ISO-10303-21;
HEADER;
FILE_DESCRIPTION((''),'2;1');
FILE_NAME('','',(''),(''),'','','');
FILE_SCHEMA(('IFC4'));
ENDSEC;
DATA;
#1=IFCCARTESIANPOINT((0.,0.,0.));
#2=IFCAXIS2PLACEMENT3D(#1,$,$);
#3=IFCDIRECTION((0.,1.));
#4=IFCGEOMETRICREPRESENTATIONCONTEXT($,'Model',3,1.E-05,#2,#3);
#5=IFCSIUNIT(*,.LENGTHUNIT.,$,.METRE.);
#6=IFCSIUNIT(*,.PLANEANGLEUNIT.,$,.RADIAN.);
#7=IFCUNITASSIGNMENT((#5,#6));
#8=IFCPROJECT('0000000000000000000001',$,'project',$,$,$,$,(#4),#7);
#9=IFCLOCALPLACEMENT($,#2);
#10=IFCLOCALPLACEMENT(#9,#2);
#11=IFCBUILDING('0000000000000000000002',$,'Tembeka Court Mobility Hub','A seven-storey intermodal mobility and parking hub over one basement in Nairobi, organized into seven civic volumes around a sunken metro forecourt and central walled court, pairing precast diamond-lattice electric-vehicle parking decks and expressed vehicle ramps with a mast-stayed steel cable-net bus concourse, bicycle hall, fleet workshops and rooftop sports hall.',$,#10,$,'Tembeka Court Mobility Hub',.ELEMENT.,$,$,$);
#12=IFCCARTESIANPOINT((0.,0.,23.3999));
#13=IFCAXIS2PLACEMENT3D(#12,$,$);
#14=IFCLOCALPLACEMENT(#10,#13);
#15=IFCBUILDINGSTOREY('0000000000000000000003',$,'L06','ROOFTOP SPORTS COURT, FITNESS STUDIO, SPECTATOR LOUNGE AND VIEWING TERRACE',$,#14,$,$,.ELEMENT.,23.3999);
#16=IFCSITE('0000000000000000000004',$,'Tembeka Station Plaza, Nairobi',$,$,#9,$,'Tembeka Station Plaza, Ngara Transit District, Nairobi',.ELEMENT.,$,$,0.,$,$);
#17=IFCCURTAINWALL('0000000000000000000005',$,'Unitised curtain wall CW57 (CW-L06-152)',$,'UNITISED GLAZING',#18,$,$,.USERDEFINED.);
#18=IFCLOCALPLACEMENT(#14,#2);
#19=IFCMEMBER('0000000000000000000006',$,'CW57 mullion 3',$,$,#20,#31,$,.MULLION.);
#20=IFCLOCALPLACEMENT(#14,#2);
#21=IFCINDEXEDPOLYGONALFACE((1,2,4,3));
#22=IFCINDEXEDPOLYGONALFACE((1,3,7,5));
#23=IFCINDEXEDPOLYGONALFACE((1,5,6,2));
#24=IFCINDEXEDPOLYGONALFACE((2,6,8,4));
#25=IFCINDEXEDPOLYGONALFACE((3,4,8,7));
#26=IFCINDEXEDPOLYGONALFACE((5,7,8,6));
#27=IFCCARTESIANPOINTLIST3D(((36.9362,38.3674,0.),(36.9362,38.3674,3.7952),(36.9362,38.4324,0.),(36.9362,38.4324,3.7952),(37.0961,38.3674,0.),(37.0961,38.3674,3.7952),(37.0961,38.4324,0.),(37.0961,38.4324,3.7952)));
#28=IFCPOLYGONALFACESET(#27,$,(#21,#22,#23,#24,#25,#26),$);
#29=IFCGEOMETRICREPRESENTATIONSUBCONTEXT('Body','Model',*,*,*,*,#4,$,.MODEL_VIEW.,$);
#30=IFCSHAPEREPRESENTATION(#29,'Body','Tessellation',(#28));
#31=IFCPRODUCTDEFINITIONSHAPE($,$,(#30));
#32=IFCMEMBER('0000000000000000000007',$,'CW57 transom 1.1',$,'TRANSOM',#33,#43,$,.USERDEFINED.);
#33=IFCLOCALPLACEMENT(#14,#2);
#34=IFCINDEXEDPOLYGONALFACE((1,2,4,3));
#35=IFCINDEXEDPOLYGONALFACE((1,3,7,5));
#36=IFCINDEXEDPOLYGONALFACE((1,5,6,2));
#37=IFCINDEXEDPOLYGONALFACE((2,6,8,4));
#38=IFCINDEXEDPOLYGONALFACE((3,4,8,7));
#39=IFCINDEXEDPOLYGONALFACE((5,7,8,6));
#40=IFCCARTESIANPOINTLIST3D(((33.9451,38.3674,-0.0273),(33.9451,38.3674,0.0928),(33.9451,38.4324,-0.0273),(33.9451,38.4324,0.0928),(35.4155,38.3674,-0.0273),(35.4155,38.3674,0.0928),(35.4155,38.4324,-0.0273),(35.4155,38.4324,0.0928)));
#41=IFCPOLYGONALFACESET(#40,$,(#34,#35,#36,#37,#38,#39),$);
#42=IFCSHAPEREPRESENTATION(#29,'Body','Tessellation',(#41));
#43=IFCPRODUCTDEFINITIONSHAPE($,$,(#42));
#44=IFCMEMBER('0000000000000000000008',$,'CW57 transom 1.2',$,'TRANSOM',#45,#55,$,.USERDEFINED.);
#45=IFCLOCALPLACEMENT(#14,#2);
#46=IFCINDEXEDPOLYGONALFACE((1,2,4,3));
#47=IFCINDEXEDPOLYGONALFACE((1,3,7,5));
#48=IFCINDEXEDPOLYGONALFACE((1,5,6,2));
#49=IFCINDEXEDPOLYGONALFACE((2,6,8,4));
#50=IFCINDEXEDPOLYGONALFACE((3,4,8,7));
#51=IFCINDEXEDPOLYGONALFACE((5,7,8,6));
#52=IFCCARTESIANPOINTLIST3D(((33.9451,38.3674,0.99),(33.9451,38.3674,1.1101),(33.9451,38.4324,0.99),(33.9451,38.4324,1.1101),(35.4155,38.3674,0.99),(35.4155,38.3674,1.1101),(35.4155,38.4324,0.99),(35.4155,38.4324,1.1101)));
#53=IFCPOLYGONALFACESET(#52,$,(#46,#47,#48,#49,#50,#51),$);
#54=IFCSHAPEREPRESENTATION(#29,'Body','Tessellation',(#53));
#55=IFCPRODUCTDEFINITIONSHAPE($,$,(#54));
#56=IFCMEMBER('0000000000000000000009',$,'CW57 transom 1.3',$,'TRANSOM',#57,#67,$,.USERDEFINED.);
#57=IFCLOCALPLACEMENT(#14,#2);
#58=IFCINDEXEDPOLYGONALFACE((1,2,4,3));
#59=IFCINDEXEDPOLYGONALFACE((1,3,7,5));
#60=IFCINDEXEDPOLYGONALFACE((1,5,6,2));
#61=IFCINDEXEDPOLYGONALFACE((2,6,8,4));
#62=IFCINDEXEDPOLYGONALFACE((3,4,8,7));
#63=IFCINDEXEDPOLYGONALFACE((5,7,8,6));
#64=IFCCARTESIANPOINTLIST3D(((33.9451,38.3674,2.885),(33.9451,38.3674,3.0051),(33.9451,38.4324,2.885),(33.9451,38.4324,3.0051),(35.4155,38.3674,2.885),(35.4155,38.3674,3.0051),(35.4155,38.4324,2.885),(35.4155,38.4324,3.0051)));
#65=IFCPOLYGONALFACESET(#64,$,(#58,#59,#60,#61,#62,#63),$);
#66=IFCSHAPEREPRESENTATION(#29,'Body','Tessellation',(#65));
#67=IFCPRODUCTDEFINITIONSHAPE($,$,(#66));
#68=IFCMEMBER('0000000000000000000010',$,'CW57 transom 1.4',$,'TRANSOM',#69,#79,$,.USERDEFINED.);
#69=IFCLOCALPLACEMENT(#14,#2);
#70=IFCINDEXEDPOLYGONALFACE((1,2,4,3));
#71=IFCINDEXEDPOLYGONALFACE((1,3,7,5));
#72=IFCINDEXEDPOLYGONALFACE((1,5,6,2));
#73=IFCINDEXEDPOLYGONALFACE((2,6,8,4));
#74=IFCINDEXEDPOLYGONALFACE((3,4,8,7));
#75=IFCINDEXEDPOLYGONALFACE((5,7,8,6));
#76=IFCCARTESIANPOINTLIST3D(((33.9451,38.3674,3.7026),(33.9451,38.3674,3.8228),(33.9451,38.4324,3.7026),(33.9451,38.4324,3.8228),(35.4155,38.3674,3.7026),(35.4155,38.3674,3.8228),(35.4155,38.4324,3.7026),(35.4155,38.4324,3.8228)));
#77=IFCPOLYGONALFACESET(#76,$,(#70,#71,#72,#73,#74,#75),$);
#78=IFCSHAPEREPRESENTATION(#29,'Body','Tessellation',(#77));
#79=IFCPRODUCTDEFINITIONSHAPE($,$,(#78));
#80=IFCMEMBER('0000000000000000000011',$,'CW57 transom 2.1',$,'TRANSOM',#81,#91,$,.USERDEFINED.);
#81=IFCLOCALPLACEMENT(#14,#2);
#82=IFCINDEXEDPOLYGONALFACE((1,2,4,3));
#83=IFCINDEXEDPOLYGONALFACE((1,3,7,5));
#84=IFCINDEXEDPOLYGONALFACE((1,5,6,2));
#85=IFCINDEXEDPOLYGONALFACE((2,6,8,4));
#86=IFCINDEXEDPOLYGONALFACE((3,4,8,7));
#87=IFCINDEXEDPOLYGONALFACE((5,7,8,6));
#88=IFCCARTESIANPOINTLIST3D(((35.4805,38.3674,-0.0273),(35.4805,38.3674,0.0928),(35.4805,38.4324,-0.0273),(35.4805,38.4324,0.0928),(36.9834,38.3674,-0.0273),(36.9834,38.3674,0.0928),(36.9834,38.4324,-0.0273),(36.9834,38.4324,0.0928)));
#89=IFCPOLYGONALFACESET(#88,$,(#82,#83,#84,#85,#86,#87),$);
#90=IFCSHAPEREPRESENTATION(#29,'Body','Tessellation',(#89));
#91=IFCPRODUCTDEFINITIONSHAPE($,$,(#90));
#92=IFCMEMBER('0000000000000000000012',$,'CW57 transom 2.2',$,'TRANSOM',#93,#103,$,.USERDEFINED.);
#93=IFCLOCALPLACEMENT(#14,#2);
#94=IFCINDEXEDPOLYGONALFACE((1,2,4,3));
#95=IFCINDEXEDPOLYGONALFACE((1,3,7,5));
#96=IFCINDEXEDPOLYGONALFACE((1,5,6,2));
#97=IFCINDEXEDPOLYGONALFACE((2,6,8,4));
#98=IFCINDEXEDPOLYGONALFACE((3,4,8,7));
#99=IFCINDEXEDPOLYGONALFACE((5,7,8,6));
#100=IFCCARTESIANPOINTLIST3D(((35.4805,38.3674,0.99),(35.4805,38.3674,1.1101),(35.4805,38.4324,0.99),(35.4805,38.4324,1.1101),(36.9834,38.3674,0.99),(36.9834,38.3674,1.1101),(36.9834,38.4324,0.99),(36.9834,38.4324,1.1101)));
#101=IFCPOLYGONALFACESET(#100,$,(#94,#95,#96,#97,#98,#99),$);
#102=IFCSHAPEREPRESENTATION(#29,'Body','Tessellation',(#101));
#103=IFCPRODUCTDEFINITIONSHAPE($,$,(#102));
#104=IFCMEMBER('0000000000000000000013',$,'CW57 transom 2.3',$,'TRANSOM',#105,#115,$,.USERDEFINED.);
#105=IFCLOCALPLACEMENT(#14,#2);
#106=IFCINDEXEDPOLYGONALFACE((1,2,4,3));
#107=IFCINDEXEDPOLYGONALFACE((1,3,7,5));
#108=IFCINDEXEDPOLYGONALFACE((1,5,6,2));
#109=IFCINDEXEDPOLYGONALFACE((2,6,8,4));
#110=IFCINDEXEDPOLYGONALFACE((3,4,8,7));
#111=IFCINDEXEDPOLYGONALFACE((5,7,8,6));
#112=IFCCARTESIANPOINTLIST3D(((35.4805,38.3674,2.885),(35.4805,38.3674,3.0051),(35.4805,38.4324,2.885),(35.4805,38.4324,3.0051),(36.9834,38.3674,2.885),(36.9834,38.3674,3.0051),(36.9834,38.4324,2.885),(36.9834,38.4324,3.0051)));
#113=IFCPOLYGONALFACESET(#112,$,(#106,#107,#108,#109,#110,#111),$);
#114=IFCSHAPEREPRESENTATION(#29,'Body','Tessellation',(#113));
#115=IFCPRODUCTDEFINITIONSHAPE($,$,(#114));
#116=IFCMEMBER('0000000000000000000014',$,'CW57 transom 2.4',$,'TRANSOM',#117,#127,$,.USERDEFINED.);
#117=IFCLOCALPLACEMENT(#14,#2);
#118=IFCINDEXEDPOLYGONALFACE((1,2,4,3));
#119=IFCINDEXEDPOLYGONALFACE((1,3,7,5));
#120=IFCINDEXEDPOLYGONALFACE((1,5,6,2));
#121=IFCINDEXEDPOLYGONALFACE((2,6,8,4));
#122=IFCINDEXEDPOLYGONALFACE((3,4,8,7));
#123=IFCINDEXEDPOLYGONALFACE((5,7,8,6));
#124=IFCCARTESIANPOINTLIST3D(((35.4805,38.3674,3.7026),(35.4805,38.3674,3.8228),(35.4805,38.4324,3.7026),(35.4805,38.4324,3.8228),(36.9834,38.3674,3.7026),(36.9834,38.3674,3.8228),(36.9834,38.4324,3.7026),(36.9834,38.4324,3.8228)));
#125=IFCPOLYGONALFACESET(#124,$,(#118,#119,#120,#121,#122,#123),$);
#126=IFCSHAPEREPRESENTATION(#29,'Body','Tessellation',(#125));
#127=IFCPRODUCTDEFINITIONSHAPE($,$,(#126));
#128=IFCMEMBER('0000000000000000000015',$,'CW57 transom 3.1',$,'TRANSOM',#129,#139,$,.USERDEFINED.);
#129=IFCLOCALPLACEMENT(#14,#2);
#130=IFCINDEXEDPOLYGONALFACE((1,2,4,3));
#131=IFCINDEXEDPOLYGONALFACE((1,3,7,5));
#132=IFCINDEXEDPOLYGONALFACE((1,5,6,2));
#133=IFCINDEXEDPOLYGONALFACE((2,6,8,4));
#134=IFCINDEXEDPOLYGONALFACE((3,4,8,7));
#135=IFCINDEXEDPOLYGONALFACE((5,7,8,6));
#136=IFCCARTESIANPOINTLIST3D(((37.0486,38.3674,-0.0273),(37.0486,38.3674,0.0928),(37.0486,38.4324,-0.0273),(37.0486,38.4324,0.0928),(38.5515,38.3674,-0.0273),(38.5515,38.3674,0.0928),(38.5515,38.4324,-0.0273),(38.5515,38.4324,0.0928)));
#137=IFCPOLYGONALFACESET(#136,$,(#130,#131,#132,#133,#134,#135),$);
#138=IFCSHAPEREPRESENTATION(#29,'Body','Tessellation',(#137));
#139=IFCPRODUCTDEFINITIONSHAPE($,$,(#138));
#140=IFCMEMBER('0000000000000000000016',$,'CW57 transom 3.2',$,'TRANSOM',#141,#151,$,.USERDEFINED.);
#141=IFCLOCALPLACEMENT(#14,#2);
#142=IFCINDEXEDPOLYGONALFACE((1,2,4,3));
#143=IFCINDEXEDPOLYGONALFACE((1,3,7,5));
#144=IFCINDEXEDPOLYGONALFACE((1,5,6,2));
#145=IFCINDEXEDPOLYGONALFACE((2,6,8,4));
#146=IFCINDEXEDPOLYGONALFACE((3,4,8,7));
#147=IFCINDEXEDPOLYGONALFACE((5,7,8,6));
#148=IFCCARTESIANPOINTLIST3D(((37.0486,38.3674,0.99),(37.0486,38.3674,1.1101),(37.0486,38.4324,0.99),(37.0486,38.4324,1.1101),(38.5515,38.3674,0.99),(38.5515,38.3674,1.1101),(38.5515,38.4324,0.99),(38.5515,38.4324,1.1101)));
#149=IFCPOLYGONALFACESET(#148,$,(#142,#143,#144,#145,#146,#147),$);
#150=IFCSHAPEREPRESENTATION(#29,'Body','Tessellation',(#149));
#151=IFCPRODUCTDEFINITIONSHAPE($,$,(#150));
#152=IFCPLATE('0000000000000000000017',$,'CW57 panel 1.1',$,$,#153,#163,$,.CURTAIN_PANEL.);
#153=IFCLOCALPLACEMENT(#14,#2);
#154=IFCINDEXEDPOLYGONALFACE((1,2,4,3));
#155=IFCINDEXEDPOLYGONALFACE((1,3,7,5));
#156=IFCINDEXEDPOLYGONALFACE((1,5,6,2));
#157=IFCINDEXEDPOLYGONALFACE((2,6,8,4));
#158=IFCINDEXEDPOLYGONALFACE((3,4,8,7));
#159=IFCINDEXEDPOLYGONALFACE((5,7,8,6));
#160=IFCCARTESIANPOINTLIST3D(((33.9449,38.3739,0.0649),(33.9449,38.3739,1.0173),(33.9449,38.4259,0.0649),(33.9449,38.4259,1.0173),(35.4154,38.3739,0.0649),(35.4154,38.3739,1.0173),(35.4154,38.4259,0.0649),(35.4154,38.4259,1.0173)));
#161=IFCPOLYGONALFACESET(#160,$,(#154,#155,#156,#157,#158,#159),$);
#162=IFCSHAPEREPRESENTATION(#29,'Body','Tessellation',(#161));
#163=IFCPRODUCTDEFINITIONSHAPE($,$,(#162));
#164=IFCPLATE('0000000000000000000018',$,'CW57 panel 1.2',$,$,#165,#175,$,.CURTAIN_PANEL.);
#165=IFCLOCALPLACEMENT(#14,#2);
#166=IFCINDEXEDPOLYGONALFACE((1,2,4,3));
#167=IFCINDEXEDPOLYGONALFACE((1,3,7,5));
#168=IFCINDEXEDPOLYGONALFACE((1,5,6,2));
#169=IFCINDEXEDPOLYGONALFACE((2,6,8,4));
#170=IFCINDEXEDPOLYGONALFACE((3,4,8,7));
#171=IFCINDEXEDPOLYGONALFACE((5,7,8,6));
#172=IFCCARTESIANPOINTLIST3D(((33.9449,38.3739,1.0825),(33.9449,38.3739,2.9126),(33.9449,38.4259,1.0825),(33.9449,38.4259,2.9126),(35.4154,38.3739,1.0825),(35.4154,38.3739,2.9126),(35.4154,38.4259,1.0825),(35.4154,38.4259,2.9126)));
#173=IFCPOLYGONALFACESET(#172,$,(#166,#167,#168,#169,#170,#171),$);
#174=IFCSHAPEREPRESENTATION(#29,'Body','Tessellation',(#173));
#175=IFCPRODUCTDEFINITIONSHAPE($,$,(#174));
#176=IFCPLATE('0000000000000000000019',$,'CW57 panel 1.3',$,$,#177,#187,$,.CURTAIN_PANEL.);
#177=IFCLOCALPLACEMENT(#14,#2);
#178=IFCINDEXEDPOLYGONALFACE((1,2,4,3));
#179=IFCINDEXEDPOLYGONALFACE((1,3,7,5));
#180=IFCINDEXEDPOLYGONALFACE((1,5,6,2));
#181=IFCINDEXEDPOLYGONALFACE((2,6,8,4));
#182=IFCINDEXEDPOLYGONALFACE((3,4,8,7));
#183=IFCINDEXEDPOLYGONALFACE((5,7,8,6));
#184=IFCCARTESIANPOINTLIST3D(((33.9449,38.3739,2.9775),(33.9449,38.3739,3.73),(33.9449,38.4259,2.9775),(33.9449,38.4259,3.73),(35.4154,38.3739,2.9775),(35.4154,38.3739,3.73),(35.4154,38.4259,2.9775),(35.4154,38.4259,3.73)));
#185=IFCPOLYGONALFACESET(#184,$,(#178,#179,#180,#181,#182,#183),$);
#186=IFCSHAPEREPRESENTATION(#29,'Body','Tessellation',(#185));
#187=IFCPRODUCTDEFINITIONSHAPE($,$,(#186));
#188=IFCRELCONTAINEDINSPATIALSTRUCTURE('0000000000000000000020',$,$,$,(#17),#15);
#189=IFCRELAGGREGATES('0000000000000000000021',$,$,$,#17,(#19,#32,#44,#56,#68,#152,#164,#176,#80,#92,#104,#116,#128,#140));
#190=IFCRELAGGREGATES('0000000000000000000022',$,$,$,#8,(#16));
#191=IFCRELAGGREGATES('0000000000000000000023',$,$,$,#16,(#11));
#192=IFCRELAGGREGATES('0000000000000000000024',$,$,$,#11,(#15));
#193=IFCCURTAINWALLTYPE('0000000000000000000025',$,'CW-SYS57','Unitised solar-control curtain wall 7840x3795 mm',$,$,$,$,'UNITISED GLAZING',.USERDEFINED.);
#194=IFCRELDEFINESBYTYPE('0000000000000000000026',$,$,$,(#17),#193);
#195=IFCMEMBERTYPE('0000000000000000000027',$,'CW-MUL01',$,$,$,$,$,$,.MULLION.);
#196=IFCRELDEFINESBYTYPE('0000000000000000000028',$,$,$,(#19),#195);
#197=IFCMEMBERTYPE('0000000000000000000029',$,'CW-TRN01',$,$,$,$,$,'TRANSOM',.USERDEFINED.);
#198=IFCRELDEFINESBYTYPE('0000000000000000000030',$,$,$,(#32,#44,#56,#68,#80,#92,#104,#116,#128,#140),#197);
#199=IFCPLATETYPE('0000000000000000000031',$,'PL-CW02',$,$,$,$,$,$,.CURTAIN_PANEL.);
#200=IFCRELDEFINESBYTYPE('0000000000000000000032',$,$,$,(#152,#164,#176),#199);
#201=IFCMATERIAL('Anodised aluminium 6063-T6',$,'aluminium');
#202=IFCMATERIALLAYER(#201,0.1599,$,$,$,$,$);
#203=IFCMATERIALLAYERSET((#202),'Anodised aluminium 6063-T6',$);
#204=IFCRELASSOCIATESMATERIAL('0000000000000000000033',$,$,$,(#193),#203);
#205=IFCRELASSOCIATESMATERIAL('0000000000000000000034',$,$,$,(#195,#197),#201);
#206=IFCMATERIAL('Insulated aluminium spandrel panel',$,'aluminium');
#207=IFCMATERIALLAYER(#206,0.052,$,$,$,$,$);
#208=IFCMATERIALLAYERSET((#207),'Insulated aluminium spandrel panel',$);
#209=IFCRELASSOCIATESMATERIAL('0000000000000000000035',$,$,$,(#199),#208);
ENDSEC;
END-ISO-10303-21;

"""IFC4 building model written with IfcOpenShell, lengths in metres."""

from ifc_helpers import new_model, si_unit, direction, frame, origin, origin_2d, place, context, subcontext, project, spatial, rectangle, extrude, material, layer, layer_set, material_profile, profile_set, type_object, element, aggregate, save


model = new_model("IFC4")

# Units and contexts
model_context = context("Model", 3, precision=1e-05, world=origin(), true_north=direction((0.0, 1.0)))
body_context = subcontext(model_context, "Body", "Model", "MODEL_VIEW")
ifc_project = project(units=[si_unit("LENGTHUNIT", "METRE"), si_unit("PLANEANGLEUNIT", "RADIAN")], contexts=[model_context])

# Site, building, storey
site_placement = place(None, origin())
site = spatial("IfcSite", under=ifc_project, at=site_placement, Name="Tembeka Station Plaza, Nairobi", LongName="Tembeka Station Plaza, Ngara Transit District, Nairobi", CompositionType="ELEMENT", RefElevation=0.0)
building_placement = place(site_placement, origin())
building = spatial("IfcBuilding", under=site, at=building_placement, Name="Tembeka Court Mobility Hub", Description="A seven-storey intermodal mobility and parking hub over one basement in Nairobi, organized into seven civic volumes around a sunken metro forecourt and central walled court, pairing precast diamond-lattice electric-vehicle parking decks and expressed vehicle ramps with a mast-stayed steel cable-net bus concourse, bicycle hall, fleet workshops and rooftop sports hall.", LongName="Tembeka Court Mobility Hub", CompositionType="ELEMENT")
storey_placement = place(building_placement, frame((0.0, 0.0, 23.3999)))
storey = spatial("IfcBuildingStorey", under=building, at=storey_placement, Name="L06", Description="ROOFTOP SPORTS COURT, FITNESS STUDIO, SPECTATOR LOUNGE AND VIEWING TERRACE", CompositionType="ELEMENT", Elevation=23.3999)

# Curtain wall, members, plates
ifc_material_1 = material(Name="Anodised aluminium 6063-T6", Category="aluminium")
ifc_layer_1 = layer(ifc_material_1, 0.1599)
ifc_layer_set_1 = layer_set([ifc_layer_1], Name="Anodised aluminium 6063-T6")
curtain_wall_type = type_object("IfcCurtainWallType", Name="CW-SYS57", Description="Unitised solar-control curtain wall 7840x3795 mm", ElementType="UNITISED GLAZING", PredefinedType="USERDEFINED", material=ifc_layer_set_1)
curtain_wall_placement = place(storey_placement, origin())
curtain_wall = element("IfcCurtainWall", 1, at=curtain_wall_placement, inside=storey, type_object=curtain_wall_type, Name="Unitised curtain wall CW57 (CW-L06-152)", ObjectType="UNITISED GLAZING", PredefinedType="USERDEFINED")
ifc_material_profile_1 = material_profile(ifc_material_1, rectangle(XDim=0.0649, YDim=0.1599, at=origin_2d()), Name="ALU-MUL 65x160")
ifc_profile_set_1 = profile_set([ifc_material_profile_1], Name="Anodised aluminium 6063-T6")
member_type_1 = type_object("IfcMemberType", Name="CW-MUL01", PredefinedType="MULLION", material=ifc_profile_set_1)
member_1_placement = place(storey_placement, frame((37.0161, 38.3999, 0.0), z_axis=(0.0, 0.0, 1.0), x_axis=(0.0, 1.0, 0.0)))
member_1 = element("IfcMember", 2, at=member_1_placement, type_object=member_type_1, Name="CW57 mullion 3", PredefinedType="MULLION", context=body_context, shape_type="SweptSolid", body=[
    extrude(rectangle(XDim=0.0649, YDim=0.1599, at=origin_2d()), origin(), (0.0, 0.0, 1.0), 3.7952),
])
ifc_material_profile_2 = material_profile(ifc_material_1, rectangle(XDim=0.0649, YDim=0.1201, at=origin_2d()), Name="ALU-TRN 65x120")
ifc_profile_set_2 = profile_set([ifc_material_profile_2], Name="Anodised aluminium 6063-T6")
member_type_2 = type_object("IfcMemberType", Name="CW-TRN01", ElementType="TRANSOM", PredefinedType="USERDEFINED", material=ifc_profile_set_2)
member_2_placement = place(storey_placement, frame((33.9451, 38.3999, 0.0327), z_axis=(1.0, 0.0, 0.0), x_axis=(0.0, 1.0, 0.0)))
member_2 = element("IfcMember", 3, at=member_2_placement, type_object=member_type_2, Name="CW57 transom 1.1", ObjectType="TRANSOM", PredefinedType="USERDEFINED", context=body_context, shape_type="SweptSolid", body=[
    extrude(rectangle(XDim=0.0649, YDim=0.1201, at=origin_2d()), origin(), (0.0, 0.0, 1.0), 1.4705),
])
member_3_placement = place(storey_placement, frame((33.9451, 38.3999, 1.05), z_axis=(1.0, 0.0, 0.0), x_axis=(0.0, 1.0, 0.0)))
member_3 = element("IfcMember", 4, at=member_3_placement, type_object=member_type_2, Name="CW57 transom 1.2", ObjectType="TRANSOM", PredefinedType="USERDEFINED", context=body_context, shape_type="SweptSolid", body=[
    extrude(rectangle(XDim=0.0649, YDim=0.1201, at=origin_2d()), origin(), (0.0, 0.0, 1.0), 1.4705),
])
member_4_placement = place(storey_placement, frame((33.9451, 38.3999, 2.9451), z_axis=(1.0, 0.0, 0.0), x_axis=(0.0, 1.0, 0.0)))
member_4 = element("IfcMember", 5, at=member_4_placement, type_object=member_type_2, Name="CW57 transom 1.3", ObjectType="TRANSOM", PredefinedType="USERDEFINED", context=body_context, shape_type="SweptSolid", body=[
    extrude(rectangle(XDim=0.0649, YDim=0.1201, at=origin_2d()), origin(), (0.0, 0.0, 1.0), 1.4705),
])
member_5_placement = place(storey_placement, frame((33.9451, 38.3999, 3.7627), z_axis=(1.0, 0.0, 0.0), x_axis=(0.0, 1.0, 0.0)))
member_5 = element("IfcMember", 6, at=member_5_placement, type_object=member_type_2, Name="CW57 transom 1.4", ObjectType="TRANSOM", PredefinedType="USERDEFINED", context=body_context, shape_type="SweptSolid", body=[
    extrude(rectangle(XDim=0.0649, YDim=0.1201, at=origin_2d()), origin(), (0.0, 0.0, 1.0), 1.4705),
])
member_6_placement = place(storey_placement, frame((35.4805, 38.3999, 0.0327), z_axis=(1.0, 0.0, 0.0), x_axis=(0.0, 1.0, 0.0)))
member_6 = element("IfcMember", 7, at=member_6_placement, type_object=member_type_2, Name="CW57 transom 2.1", ObjectType="TRANSOM", PredefinedType="USERDEFINED", context=body_context, shape_type="SweptSolid", body=[
    extrude(rectangle(XDim=0.0649, YDim=0.1201, at=origin_2d()), origin(), (0.0, 0.0, 1.0), 1.5029),
])
member_7_placement = place(storey_placement, frame((35.4805, 38.3999, 1.05), z_axis=(1.0, 0.0, 0.0), x_axis=(0.0, 1.0, 0.0)))
member_7 = element("IfcMember", 8, at=member_7_placement, type_object=member_type_2, Name="CW57 transom 2.2", ObjectType="TRANSOM", PredefinedType="USERDEFINED", context=body_context, shape_type="SweptSolid", body=[
    extrude(rectangle(XDim=0.0649, YDim=0.1201, at=origin_2d()), origin(), (0.0, 0.0, 1.0), 1.5029),
])
member_8_placement = place(storey_placement, frame((35.4805, 38.3999, 2.9451), z_axis=(1.0, 0.0, 0.0), x_axis=(0.0, 1.0, 0.0)))
member_8 = element("IfcMember", 9, at=member_8_placement, type_object=member_type_2, Name="CW57 transom 2.3", ObjectType="TRANSOM", PredefinedType="USERDEFINED", context=body_context, shape_type="SweptSolid", body=[
    extrude(rectangle(XDim=0.0649, YDim=0.1201, at=origin_2d()), origin(), (0.0, 0.0, 1.0), 1.5029),
])
member_9_placement = place(storey_placement, frame((35.4805, 38.3999, 3.7627), z_axis=(1.0, 0.0, 0.0), x_axis=(0.0, 1.0, 0.0)))
member_9 = element("IfcMember", 10, at=member_9_placement, type_object=member_type_2, Name="CW57 transom 2.4", ObjectType="TRANSOM", PredefinedType="USERDEFINED", context=body_context, shape_type="SweptSolid", body=[
    extrude(rectangle(XDim=0.0649, YDim=0.1201, at=origin_2d()), origin(), (0.0, 0.0, 1.0), 1.5029),
])
member_10_placement = place(storey_placement, frame((37.0486, 38.3999, 0.0327), z_axis=(1.0, 0.0, 0.0), x_axis=(0.0, 1.0, 0.0)))
member_10 = element("IfcMember", 11, at=member_10_placement, type_object=member_type_2, Name="CW57 transom 3.1", ObjectType="TRANSOM", PredefinedType="USERDEFINED", context=body_context, shape_type="SweptSolid", body=[
    extrude(rectangle(XDim=0.0649, YDim=0.1201, at=origin_2d()), origin(), (0.0, 0.0, 1.0), 1.5029),
])
member_11_placement = place(storey_placement, frame((37.0486, 38.3999, 1.05), z_axis=(1.0, 0.0, 0.0), x_axis=(0.0, 1.0, 0.0)))
member_11 = element("IfcMember", 12, at=member_11_placement, type_object=member_type_2, Name="CW57 transom 3.2", ObjectType="TRANSOM", PredefinedType="USERDEFINED", context=body_context, shape_type="SweptSolid", body=[
    extrude(rectangle(XDim=0.0649, YDim=0.1201, at=origin_2d()), origin(), (0.0, 0.0, 1.0), 1.5029),
])
ifc_material_2 = material(Name="Insulated aluminium spandrel panel", Category="aluminium")
ifc_layer_2 = layer(ifc_material_2, 0.052)
ifc_layer_set_2 = layer_set([ifc_layer_2], Name="Insulated aluminium spandrel panel")
plate_type = type_object("IfcPlateType", Name="PL-CW02", PredefinedType="CURTAIN_PANEL", material=ifc_layer_set_2)
plate_1_placement = place(storey_placement, frame((34.6802, 38.3999, 0.0649), z_axis=(0.0, 0.0, 1.0), x_axis=(1.0, 0.0, 0.0)))
plate_1 = element("IfcPlate", 13, at=plate_1_placement, type_object=plate_type, Name="CW57 panel 1.1", PredefinedType="CURTAIN_PANEL", context=body_context, shape_type="SweptSolid", body=[
    extrude(rectangle(XDim=1.4705, YDim=0.052, at=origin_2d()), origin(), (0.0, 0.0, 1.0), 0.9524),
])
plate_2_placement = place(storey_placement, frame((34.6802, 38.3999, 1.0825), z_axis=(0.0, 0.0, 1.0), x_axis=(1.0, 0.0, 0.0)))
plate_2 = element("IfcPlate", 14, at=plate_2_placement, type_object=plate_type, Name="CW57 panel 1.2", PredefinedType="CURTAIN_PANEL", context=body_context, shape_type="SweptSolid", body=[
    extrude(rectangle(XDim=1.4705, YDim=0.052, at=origin_2d()), origin(), (0.0, 0.0, 1.0), 1.8301),
])
plate_3_placement = place(storey_placement, frame((34.6802, 38.3999, 2.9775), z_axis=(0.0, 0.0, 1.0), x_axis=(1.0, 0.0, 0.0)))
plate_3 = element("IfcPlate", 15, at=plate_3_placement, type_object=plate_type, Name="CW57 panel 1.3", PredefinedType="CURTAIN_PANEL", context=body_context, shape_type="SweptSolid", body=[
    extrude(rectangle(XDim=1.4705, YDim=0.052, at=origin_2d()), origin(), (0.0, 0.0, 1.0), 0.7524),
])
aggregate(curtain_wall, [member_1, member_2, member_3, member_4, member_5, plate_1, plate_2, plate_3, member_6, member_7, member_8, member_9, member_10, member_11])

save(model, "model.ifc")
